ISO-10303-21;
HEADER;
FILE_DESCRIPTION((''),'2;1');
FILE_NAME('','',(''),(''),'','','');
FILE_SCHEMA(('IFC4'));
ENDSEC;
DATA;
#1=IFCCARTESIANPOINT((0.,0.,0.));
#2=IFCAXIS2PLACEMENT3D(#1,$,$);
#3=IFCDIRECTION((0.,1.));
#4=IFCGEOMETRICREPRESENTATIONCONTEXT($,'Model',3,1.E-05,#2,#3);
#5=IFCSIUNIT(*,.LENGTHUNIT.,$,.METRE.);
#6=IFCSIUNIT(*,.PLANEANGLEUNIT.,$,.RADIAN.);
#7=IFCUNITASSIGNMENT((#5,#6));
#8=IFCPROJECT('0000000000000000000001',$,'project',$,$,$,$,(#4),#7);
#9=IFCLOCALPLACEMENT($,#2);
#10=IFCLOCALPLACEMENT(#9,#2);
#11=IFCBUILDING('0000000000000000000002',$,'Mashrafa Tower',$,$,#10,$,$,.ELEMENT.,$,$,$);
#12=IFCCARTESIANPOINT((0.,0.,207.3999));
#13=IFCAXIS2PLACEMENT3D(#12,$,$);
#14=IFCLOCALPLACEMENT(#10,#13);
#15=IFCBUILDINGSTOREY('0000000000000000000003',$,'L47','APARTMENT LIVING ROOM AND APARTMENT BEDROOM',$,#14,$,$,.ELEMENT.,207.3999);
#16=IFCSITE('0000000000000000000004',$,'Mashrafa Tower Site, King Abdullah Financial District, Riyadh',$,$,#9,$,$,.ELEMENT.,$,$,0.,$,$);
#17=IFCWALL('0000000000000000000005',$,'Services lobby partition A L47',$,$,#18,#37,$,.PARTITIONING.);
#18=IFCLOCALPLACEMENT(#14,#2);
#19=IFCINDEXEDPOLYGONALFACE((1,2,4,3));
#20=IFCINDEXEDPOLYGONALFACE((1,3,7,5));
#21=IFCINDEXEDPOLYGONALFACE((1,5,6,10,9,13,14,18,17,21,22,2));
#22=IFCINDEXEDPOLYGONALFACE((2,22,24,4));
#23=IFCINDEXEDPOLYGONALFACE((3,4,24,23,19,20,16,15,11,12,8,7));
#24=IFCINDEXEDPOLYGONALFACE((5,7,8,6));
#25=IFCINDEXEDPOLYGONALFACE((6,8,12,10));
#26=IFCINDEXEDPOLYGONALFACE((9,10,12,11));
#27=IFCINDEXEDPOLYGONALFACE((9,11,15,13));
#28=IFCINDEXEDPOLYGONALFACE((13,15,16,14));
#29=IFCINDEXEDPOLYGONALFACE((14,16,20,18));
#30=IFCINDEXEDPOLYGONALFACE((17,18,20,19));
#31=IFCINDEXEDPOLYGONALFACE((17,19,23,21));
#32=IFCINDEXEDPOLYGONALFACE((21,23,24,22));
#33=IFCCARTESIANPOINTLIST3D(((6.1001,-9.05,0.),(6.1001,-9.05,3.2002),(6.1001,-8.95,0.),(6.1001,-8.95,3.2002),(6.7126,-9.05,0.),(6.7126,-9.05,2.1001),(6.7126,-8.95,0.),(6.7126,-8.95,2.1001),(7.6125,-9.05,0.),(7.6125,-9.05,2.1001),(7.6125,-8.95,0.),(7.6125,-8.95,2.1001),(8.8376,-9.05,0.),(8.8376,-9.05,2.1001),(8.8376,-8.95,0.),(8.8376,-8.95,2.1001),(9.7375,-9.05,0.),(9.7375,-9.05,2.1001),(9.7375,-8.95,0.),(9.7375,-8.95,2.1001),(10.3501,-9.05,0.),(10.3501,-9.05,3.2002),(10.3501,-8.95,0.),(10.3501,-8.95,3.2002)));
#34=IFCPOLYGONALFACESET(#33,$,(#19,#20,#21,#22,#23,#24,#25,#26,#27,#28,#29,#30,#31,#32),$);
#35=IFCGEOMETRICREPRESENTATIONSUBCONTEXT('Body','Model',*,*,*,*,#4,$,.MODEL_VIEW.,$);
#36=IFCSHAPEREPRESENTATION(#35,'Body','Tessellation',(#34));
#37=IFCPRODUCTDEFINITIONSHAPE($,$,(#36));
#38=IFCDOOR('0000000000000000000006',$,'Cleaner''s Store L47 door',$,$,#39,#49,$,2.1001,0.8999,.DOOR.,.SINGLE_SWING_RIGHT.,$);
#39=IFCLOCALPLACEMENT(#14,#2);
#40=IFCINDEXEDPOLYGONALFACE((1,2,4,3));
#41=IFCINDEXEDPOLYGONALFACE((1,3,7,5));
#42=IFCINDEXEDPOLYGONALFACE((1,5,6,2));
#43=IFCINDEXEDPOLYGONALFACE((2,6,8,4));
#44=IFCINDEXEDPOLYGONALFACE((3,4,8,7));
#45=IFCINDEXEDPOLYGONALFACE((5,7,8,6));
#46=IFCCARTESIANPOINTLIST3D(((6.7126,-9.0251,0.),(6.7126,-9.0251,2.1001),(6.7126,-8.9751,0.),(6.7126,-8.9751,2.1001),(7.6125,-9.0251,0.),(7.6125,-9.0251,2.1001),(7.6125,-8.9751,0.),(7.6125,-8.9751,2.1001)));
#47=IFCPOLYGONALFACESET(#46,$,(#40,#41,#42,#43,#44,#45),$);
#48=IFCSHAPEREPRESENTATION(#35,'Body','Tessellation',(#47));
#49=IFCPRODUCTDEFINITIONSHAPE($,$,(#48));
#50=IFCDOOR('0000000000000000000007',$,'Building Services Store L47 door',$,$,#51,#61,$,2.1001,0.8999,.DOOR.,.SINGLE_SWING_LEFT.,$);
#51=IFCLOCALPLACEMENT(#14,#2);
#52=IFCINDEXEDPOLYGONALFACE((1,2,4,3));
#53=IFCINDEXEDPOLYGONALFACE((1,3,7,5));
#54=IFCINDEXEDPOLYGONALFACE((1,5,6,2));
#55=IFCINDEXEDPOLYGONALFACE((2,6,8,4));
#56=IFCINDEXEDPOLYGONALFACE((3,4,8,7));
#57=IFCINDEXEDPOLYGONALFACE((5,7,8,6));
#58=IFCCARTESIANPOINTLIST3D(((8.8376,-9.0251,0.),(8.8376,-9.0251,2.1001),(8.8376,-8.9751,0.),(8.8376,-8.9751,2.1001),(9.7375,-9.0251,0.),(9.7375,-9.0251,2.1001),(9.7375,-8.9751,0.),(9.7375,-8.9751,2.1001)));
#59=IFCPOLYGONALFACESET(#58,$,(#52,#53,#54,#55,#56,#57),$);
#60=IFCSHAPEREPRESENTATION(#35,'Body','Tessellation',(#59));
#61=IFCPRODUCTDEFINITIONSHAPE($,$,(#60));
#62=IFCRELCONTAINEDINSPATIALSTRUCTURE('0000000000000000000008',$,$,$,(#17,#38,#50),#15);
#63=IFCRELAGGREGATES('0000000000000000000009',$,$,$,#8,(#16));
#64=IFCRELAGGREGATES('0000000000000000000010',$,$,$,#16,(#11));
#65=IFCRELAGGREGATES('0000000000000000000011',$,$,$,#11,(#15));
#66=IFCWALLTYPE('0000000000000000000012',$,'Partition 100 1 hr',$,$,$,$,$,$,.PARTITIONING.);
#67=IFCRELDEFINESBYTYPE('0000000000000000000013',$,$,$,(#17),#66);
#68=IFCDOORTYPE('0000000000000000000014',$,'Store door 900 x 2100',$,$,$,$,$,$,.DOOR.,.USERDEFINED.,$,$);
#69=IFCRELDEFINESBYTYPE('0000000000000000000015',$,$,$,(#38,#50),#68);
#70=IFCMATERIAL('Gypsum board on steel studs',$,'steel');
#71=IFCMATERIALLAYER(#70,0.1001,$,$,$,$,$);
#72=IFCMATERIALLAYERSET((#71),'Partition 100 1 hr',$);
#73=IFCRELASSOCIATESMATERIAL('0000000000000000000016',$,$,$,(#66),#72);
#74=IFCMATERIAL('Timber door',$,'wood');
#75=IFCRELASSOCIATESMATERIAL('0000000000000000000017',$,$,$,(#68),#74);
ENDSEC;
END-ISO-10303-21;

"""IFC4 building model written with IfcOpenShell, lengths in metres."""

from ifc_helpers import new_model, si_unit, direction, frame, frame_2d, origin, place, context, subcontext, project, spatial, rectangle, extrude, material, layer, layer_set, type_object, element, fill, save


model = new_model("IFC4")

# Units and contexts
model_context = context("Model", 3, precision=1e-05, world=origin(), true_north=direction((0.0, 1.0)))
body_context = subcontext(model_context, "Body", "Model", "MODEL_VIEW")
ifc_project = project(units=[si_unit("LENGTHUNIT", "METRE"), si_unit("PLANEANGLEUNIT", "RADIAN")], contexts=[model_context])

# Site, building, storey
site_placement = place(None, origin())
site = spatial("IfcSite", under=ifc_project, at=site_placement, Name="Mashrafa Tower Site, King Abdullah Financial District, Riyadh", CompositionType="ELEMENT", RefElevation=0.0)
building_placement = place(site_placement, origin())
building = spatial("IfcBuilding", under=site, at=building_placement, Name="Mashrafa Tower", CompositionType="ELEMENT")
storey_placement = place(building_placement, frame((0.0, 0.0, 207.3999)))
storey = spatial("IfcBuildingStorey", under=building, at=storey_placement, Name="L47", Description="APARTMENT LIVING ROOM AND APARTMENT BEDROOM", CompositionType="ELEMENT", Elevation=207.3999)

# Wall, openings, doors
ifc_material_1 = material(Name="Gypsum board on steel studs", Category="steel")
ifc_layer_1 = layer(ifc_material_1, 0.1001)
ifc_layer_set_1 = layer_set([ifc_layer_1], Name="Partition 100 1 hr")
wall_type_1 = type_object("IfcWallType", Name="Partition 100 1 hr", PredefinedType="PARTITIONING", material=ifc_layer_set_1)
wall_1_placement = place(storey_placement, frame((6.1001, -9.0, 0.0), z_axis=(0.0, 0.0, 1.0), x_axis=(1.0, 0.0, 0.0)))
wall_1 = element("IfcWall", 1, at=wall_1_placement, inside=storey, type_object=wall_type_1, Name="Services lobby partition A L47", PredefinedType="PARTITIONING", context=body_context, shape_type="SweptSolid", body=[
    extrude(rectangle(XDim=4.25, YDim=0.1001, at=frame_2d((2.125, 0.0))), origin(), (0.0, 0.0, 1.0), 3.2002),
])
opening_1_placement = place(wall_1_placement, frame((0.6125, 0.0, 0.0)))
opening_1 = element("IfcOpeningElement", 2, at=opening_1_placement, cuts=wall_1, PredefinedType="OPENING", context=body_context, shape_type="SweptSolid", body=[
    extrude(rectangle(XDim=0.8999, YDim=2.1001, at=frame_2d((0.45, 1.05))), frame((0.0, 0.0601, 0.0), z_axis=(0.0, -1.0, 0.0), x_axis=(1.0, 0.0, 0.0)), (0.0, 0.0, 1.0), 0.1201),
])
opening_2_placement = place(wall_1_placement, frame((2.7375, 0.0, 0.0)))
opening_2 = element("IfcOpeningElement", 3, at=opening_2_placement, cuts=wall_1, PredefinedType="OPENING", context=body_context, shape_type="SweptSolid", body=[
    extrude(rectangle(XDim=0.8999, YDim=2.1001, at=frame_2d((0.45, 1.05))), frame((0.0, 0.0601, 0.0), z_axis=(0.0, -1.0, 0.0), x_axis=(1.0, 0.0, 0.0)), (0.0, 0.0, 1.0), 0.1201),
])
ifc_material_2 = material(Name="Timber door", Category="wood")
door_type_1 = type_object("IfcDoorType", Name="Store door 900 x 2100", OperationType="USERDEFINED", PredefinedType="DOOR", material=ifc_material_2)
door_1_placement = place(opening_1_placement, origin())
door_1 = element("IfcDoor", 4, at=door_1_placement, inside=storey, type_object=door_type_1, Name="Cleaner's Store L47 door", OperationType="SINGLE_SWING_RIGHT", OverallHeight=2.1001, OverallWidth=0.8999, PredefinedType="DOOR", context=body_context, shape_type="SweptSolid", body=[
    extrude(rectangle(XDim=0.8999, YDim=2.1001, at=frame_2d((0.45, 1.05))), frame((0.0, 0.0249, 0.0), z_axis=(0.0, -1.0, 0.0), x_axis=(1.0, 0.0, 0.0)), (0.0, 0.0, 1.0), 0.05),
])
fill(opening_1, door_1)
door_2_placement = place(opening_2_placement, origin())
door_2 = element("IfcDoor", 5, at=door_2_placement, inside=storey, type_object=door_type_1, Name="Building Services Store L47 door", OperationType="SINGLE_SWING_LEFT", OverallHeight=2.1001, OverallWidth=0.8999, PredefinedType="DOOR", context=body_context, shape_type="SweptSolid", body=[
    extrude(rectangle(XDim=0.8999, YDim=2.1001, at=frame_2d((0.45, 1.05))), frame((0.0, 0.0249, 0.0), z_axis=(0.0, -1.0, 0.0), x_axis=(1.0, 0.0, 0.0)), (0.0, 0.0, 1.0), 0.05),
])
fill(opening_2, door_2)

save(model, "model.ifc")
